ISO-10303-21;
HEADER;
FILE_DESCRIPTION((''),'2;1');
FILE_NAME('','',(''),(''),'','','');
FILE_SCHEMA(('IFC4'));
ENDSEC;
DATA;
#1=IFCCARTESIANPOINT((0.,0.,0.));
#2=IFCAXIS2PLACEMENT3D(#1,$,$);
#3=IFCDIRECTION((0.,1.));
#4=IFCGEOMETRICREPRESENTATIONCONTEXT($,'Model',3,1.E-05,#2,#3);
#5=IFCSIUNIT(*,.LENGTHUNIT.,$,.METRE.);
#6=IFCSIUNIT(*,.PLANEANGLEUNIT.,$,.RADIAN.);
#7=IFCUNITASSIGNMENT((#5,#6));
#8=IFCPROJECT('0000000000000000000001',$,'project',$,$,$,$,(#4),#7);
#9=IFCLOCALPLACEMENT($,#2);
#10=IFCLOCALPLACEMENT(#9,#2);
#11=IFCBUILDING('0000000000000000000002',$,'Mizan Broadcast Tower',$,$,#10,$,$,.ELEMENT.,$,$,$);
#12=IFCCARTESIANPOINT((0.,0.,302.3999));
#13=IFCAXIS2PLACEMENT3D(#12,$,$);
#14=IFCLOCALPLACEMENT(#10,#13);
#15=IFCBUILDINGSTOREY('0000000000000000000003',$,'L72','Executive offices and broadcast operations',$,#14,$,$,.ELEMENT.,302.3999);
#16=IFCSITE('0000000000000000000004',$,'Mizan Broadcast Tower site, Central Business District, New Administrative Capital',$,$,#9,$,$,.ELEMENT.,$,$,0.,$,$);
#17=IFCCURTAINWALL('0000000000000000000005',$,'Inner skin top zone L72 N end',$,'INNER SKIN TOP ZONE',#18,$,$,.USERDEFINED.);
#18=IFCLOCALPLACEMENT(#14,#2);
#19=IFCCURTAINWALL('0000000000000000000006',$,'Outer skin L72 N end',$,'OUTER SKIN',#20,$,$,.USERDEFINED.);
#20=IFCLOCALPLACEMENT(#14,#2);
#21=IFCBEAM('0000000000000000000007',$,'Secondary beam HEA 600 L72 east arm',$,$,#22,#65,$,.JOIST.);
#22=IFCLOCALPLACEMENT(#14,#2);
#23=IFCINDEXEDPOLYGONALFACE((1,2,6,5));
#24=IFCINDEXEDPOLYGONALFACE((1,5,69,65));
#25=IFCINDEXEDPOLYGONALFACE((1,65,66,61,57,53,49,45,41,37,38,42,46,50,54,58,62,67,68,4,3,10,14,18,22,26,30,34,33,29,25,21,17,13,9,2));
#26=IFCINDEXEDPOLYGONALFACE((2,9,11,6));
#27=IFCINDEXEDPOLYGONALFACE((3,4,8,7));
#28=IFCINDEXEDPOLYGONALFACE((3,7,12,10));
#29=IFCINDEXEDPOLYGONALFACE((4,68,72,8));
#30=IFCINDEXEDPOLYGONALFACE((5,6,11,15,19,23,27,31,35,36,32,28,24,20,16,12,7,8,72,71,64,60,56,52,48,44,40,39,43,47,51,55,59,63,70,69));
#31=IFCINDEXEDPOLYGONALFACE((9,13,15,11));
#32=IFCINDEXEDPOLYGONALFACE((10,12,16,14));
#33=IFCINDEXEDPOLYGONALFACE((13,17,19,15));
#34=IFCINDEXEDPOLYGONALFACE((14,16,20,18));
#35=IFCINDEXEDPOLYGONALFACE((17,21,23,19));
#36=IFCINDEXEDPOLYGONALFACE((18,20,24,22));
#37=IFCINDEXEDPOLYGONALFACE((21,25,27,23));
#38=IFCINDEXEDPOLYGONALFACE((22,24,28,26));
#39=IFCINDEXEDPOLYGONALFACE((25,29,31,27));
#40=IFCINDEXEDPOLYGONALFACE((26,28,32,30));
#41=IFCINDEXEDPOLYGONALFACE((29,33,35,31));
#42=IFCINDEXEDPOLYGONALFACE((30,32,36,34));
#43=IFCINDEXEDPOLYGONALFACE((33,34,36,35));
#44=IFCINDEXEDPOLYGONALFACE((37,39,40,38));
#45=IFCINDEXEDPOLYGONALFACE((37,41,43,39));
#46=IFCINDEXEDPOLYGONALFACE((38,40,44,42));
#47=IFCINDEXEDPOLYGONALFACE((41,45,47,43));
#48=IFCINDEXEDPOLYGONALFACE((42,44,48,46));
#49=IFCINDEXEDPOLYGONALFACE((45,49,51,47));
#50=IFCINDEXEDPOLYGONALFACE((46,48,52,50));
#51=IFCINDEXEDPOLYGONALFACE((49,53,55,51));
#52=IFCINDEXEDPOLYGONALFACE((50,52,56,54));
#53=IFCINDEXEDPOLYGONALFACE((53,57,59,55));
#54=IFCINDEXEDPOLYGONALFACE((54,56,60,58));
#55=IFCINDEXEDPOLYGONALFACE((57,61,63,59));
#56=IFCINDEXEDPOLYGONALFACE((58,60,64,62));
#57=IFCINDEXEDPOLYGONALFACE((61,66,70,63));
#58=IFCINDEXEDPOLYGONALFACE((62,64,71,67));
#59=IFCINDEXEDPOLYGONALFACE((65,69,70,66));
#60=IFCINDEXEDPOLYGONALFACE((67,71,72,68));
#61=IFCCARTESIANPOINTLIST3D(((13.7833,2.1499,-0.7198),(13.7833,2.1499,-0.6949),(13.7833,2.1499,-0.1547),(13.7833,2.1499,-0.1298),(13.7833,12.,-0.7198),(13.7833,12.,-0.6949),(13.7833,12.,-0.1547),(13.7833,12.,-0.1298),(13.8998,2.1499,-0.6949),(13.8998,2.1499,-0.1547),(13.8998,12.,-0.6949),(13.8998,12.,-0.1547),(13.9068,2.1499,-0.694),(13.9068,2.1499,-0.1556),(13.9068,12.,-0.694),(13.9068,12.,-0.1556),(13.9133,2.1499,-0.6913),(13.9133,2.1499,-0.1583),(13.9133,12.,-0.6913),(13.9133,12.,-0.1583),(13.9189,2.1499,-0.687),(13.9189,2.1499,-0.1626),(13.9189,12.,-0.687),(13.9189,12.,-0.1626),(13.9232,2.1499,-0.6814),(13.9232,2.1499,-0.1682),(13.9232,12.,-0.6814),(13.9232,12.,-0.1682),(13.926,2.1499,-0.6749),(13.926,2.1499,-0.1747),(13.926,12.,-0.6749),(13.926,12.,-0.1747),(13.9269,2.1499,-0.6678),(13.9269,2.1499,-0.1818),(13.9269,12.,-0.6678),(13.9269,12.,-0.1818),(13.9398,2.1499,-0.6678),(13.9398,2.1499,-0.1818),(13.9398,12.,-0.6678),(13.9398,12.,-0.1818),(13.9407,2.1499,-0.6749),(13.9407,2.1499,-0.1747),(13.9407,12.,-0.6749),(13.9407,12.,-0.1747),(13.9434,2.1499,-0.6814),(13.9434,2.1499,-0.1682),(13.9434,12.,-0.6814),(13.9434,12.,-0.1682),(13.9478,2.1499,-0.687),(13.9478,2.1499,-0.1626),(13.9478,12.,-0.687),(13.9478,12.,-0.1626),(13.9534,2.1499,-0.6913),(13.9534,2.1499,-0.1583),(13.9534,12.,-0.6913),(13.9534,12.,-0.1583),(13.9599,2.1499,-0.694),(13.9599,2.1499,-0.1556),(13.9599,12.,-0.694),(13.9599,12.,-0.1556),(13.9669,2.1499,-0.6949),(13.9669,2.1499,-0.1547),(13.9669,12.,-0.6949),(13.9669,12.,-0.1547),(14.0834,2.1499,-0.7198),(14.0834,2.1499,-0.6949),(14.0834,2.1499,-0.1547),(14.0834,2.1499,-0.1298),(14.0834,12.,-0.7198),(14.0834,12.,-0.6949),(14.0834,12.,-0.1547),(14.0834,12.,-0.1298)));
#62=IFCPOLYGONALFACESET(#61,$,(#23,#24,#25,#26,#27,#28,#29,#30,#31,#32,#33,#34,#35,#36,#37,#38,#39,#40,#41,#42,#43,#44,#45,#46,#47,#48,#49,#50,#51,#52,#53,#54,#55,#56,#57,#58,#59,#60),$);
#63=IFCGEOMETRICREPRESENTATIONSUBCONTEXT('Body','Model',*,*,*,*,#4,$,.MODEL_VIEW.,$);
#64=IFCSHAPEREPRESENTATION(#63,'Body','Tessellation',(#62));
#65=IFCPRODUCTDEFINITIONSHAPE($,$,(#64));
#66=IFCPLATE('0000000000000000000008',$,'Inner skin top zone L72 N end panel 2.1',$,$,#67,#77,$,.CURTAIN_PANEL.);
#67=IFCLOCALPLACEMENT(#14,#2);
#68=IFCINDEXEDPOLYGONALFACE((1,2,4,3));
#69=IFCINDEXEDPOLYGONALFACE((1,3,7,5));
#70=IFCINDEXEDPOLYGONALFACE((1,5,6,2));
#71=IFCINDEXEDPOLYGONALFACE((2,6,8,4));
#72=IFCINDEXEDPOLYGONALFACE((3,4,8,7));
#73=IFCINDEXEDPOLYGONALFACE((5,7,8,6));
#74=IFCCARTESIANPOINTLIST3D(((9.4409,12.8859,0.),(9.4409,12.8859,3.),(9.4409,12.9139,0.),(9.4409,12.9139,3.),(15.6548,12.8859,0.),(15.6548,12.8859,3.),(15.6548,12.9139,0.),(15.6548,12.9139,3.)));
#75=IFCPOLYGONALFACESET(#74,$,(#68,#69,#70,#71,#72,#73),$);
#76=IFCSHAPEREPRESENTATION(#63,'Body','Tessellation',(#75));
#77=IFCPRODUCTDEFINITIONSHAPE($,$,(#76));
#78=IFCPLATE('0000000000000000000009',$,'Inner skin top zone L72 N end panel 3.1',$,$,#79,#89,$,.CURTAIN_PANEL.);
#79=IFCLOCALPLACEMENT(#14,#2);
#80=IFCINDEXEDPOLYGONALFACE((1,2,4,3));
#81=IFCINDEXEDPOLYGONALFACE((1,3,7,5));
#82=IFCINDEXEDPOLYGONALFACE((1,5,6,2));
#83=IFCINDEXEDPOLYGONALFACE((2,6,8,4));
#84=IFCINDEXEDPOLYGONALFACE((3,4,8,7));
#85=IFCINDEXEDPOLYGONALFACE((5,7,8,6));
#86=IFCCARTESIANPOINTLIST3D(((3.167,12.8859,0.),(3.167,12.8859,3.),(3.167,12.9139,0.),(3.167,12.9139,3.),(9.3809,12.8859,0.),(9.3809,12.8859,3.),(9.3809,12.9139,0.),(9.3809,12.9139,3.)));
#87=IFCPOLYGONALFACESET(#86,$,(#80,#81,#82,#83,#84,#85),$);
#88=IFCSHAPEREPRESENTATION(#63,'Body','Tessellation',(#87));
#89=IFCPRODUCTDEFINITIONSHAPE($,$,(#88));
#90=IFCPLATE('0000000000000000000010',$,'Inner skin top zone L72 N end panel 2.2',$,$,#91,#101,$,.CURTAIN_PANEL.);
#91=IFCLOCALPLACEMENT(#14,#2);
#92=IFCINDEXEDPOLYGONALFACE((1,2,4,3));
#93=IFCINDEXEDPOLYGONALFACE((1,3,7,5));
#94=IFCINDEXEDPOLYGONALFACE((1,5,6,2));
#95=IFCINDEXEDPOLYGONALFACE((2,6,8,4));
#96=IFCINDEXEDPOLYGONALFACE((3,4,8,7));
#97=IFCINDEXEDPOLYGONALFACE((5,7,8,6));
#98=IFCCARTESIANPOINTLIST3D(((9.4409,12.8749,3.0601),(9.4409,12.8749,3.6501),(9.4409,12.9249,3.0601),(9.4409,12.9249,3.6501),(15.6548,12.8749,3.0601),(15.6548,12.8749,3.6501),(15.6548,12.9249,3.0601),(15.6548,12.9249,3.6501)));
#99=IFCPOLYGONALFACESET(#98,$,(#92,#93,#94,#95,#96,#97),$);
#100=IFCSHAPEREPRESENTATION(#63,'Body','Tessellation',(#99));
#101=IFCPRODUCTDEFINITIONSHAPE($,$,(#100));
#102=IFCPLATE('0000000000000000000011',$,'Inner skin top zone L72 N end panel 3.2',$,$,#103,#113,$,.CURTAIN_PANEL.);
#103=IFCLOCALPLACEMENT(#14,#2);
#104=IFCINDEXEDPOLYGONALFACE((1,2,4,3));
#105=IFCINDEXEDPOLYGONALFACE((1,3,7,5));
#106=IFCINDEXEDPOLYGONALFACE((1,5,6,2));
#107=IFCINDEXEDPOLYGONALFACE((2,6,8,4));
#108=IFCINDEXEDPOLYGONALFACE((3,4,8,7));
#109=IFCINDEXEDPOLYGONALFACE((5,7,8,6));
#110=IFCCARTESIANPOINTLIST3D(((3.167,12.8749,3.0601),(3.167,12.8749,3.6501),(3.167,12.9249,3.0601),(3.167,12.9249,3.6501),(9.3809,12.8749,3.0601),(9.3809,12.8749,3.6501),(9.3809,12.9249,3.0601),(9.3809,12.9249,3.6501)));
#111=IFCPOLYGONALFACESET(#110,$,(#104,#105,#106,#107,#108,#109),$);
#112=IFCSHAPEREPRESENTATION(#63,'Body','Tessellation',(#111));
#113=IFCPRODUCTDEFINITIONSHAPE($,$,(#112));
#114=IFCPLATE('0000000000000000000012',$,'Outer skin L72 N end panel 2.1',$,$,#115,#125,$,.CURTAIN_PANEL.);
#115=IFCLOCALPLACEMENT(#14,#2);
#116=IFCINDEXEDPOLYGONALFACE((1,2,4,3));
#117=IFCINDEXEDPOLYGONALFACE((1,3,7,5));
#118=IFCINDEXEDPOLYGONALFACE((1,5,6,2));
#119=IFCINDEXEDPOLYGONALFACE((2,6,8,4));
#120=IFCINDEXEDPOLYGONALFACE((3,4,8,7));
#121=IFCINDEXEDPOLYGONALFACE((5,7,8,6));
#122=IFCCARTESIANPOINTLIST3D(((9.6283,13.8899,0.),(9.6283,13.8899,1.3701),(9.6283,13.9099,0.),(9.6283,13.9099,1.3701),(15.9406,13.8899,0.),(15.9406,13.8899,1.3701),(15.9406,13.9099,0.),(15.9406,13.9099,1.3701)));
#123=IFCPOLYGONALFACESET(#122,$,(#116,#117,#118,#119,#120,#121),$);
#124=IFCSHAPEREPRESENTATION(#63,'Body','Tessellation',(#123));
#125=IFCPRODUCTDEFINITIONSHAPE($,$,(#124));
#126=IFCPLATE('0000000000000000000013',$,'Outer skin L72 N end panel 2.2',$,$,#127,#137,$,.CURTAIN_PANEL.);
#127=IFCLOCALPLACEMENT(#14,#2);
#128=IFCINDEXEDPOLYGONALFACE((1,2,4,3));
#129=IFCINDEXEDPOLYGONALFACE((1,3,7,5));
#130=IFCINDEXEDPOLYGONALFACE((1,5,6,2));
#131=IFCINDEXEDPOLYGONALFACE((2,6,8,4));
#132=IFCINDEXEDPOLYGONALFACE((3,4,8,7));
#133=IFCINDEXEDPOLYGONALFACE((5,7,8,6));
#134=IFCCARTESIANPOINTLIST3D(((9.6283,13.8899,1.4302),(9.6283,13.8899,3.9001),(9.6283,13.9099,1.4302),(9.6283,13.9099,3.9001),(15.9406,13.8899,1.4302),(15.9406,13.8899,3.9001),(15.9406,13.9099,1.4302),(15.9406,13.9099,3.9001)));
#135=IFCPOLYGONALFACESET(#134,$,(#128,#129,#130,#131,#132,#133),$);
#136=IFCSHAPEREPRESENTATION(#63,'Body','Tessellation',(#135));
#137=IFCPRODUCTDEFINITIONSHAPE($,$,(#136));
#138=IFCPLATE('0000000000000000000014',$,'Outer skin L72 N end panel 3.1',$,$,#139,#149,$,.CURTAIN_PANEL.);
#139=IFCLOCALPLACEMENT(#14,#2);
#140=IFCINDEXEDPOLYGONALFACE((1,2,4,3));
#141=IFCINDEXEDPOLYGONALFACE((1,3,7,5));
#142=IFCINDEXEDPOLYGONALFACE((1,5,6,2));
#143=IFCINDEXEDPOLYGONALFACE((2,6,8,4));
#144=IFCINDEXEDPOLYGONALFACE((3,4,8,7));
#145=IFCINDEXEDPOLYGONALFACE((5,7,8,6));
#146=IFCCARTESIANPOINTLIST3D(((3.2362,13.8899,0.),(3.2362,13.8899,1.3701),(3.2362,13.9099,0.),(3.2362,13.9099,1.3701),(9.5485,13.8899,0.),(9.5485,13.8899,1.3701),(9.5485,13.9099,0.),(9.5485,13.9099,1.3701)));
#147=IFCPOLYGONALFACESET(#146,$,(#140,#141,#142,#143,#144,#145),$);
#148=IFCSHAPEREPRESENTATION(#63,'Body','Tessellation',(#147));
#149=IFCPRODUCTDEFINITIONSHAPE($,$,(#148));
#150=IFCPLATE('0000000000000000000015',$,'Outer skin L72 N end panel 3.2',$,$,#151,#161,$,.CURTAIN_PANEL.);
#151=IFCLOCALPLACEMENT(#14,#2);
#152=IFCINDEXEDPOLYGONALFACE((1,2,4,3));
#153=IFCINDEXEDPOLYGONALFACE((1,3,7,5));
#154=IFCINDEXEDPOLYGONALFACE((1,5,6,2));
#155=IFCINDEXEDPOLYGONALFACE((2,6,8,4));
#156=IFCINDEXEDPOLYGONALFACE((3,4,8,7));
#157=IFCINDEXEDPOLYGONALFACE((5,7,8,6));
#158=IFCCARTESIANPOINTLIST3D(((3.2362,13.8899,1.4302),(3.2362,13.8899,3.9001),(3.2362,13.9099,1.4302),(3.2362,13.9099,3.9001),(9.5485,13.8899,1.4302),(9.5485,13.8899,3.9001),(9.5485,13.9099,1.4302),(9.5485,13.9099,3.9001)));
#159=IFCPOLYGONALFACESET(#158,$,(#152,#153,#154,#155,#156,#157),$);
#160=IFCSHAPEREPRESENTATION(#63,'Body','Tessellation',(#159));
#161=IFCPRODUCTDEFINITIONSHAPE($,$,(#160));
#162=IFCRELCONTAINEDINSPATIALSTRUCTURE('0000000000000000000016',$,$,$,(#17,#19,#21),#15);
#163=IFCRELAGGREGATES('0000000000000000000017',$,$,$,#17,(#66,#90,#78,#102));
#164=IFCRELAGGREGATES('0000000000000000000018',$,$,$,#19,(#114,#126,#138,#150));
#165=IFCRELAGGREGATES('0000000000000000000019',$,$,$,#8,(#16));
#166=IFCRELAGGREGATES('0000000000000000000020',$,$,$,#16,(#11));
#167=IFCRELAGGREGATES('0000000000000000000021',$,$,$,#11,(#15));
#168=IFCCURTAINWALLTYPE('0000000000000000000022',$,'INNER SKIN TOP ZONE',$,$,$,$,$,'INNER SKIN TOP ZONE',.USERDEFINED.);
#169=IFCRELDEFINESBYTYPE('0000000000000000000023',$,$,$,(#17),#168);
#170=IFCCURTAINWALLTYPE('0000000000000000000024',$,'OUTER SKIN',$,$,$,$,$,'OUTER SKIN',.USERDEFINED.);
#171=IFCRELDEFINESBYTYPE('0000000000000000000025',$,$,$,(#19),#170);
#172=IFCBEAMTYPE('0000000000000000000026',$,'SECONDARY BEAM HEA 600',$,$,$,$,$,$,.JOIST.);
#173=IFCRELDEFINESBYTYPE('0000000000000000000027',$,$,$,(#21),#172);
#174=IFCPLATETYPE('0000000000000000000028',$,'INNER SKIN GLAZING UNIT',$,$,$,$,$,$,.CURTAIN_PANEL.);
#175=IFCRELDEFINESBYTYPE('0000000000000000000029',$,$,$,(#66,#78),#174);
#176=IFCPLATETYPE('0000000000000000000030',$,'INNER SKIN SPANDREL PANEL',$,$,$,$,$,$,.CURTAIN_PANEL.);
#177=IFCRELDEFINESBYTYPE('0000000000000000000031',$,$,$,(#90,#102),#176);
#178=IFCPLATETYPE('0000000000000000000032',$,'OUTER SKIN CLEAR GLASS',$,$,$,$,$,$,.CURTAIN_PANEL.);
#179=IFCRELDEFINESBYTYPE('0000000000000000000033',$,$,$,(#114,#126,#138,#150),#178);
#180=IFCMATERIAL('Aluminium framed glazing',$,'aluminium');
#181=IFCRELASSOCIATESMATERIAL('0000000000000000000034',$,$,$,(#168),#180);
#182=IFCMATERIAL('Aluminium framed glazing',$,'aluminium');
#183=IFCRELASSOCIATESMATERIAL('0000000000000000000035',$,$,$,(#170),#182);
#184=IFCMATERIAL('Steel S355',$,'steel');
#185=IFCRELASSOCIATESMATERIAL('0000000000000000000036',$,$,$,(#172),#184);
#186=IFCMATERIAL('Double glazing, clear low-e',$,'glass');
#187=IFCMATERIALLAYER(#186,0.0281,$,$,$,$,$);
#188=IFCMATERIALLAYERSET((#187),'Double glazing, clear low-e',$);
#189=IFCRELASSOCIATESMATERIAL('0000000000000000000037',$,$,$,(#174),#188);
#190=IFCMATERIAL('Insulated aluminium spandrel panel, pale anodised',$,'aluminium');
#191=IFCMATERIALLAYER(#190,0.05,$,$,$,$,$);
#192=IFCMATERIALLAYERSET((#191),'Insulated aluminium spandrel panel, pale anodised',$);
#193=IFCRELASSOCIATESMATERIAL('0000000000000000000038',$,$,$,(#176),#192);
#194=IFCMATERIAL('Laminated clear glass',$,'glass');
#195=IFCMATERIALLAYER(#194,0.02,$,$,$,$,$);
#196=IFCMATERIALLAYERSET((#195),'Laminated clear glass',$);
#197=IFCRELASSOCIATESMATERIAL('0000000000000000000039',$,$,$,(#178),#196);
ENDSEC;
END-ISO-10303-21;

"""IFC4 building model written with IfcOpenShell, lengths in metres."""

from ifc_helpers import new_model, si_unit, direction, frame, origin, origin_2d, place, context, subcontext, project, spatial, rectangle, i_section, extrude, material, layer, layer_set, material_profile, profile_set, type_object, element, aggregate, save


model = new_model("IFC4")

# Units and contexts
model_context = context("Model", 3, precision=1e-05, world=origin(), true_north=direction((0.0, 1.0)))
body_context = subcontext(model_context, "Body", "Model", "MODEL_VIEW")
ifc_project = project(units=[si_unit("LENGTHUNIT", "METRE"), si_unit("PLANEANGLEUNIT", "RADIAN")], contexts=[model_context])

# Site, building, storey
site_placement = place(None, origin())
site = spatial("IfcSite", under=ifc_project, at=site_placement, Name="Mizan Broadcast Tower site, Central Business District, New Administrative Capital", CompositionType="ELEMENT", RefElevation=0.0)
building_placement = place(site_placement, origin())
building = spatial("IfcBuilding", under=site, at=building_placement, Name="Mizan Broadcast Tower", CompositionType="ELEMENT")
storey_placement = place(building_placement, frame((0.0, 0.0, 302.3999)))
storey = spatial("IfcBuildingStorey", under=building, at=storey_placement, Name="L72", Description="Executive offices and broadcast operations", CompositionType="ELEMENT", Elevation=302.3999)

# Curtain walls
ifc_material_1 = material(Name="Aluminium framed glazing", Category="aluminium")
curtain_wall_type_1 = type_object("IfcCurtainWallType", Name="INNER SKIN TOP ZONE", ElementType="INNER SKIN TOP ZONE", PredefinedType="USERDEFINED", material=ifc_material_1)
curtain_wall_1_placement = place(storey_placement, origin())
curtain_wall_1 = element("IfcCurtainWall", 1, at=curtain_wall_1_placement, inside=storey, type_object=curtain_wall_type_1, Name="Inner skin top zone L72 N end", ObjectType="INNER SKIN TOP ZONE", PredefinedType="USERDEFINED")
ifc_material_2 = material(Name="Aluminium framed glazing", Category="aluminium")
curtain_wall_type_2 = type_object("IfcCurtainWallType", Name="OUTER SKIN", ElementType="OUTER SKIN", PredefinedType="USERDEFINED", material=ifc_material_2)
curtain_wall_2_placement = place(storey_placement, origin())
curtain_wall_2 = element("IfcCurtainWall", 2, at=curtain_wall_2_placement, inside=storey, type_object=curtain_wall_type_2, Name="Outer skin L72 N end", ObjectType="OUTER SKIN", PredefinedType="USERDEFINED")

# Beam
ifc_material_3 = material(Name="Steel S355", Category="steel")
ifc_material_profile_1 = material_profile(ifc_material_3, i_section(OverallWidth=0.3, OverallDepth=0.5901, WebThickness=0.0129, FlangeThickness=0.0249, FilletRadius=0.0271, at=origin_2d()), Name="HEA 600")
ifc_profile_set_1 = profile_set([ifc_material_profile_1], Name="Steel S355")
beam_type_1 = type_object("IfcBeamType", Name="SECONDARY BEAM HEA 600", PredefinedType="JOIST", material=ifc_profile_set_1)
beam_1_placement = place(storey_placement, frame((13.9333, 12.0, -0.4248), z_axis=(0.0, -1.0, 0.0), x_axis=(1.0, 0.0, 0.0)))
element("IfcBeam", 3, at=beam_1_placement, inside=storey, type_object=beam_type_1, Name="Secondary beam HEA 600 L72 east arm", PredefinedType="JOIST", context=body_context, shape_type="SweptSolid", body=[
    extrude(i_section(OverallWidth=0.3, OverallDepth=0.5901, WebThickness=0.0129, FlangeThickness=0.0249, FilletRadius=0.0271, at=origin_2d()), origin(), (0.0, 0.0, 1.0), 9.8501),
])

# Plates
ifc_material_4 = material(Name="Double glazing, clear low-e", Category="glass")
ifc_layer_1 = layer(ifc_material_4, 0.0281)
ifc_layer_set_1 = layer_set([ifc_layer_1], Name="Double glazing, clear low-e")
plate_type_1 = type_object("IfcPlateType", Name="INNER SKIN GLAZING UNIT", PredefinedType="CURTAIN_PANEL", material=ifc_layer_set_1)
plate_1_placement = place(storey_placement, frame((12.5479, 12.8999, 0.0), z_axis=(0.0, 0.0, 1.0), x_axis=(-1.0, 0.0, 0.0)))
plate_1 = element("IfcPlate", 4, at=plate_1_placement, type_object=plate_type_1, Name="Inner skin top zone L72 N end panel 2.1", PredefinedType="CURTAIN_PANEL", context=body_context, shape_type="SweptSolid", body=[
    extrude(rectangle(XDim=6.2139, YDim=0.0281, at=origin_2d()), origin(), (0.0, 0.0, 1.0), 3.0),
])
plate_2_placement = place(storey_placement, frame((6.2739, 12.8999, 0.0), z_axis=(0.0, 0.0, 1.0), x_axis=(-1.0, 0.0, 0.0)))
plate_2 = element("IfcPlate", 5, at=plate_2_placement, type_object=plate_type_1, Name="Inner skin top zone L72 N end panel 3.1", PredefinedType="CURTAIN_PANEL", context=body_context, shape_type="SweptSolid", body=[
    extrude(rectangle(XDim=6.2139, YDim=0.0281, at=origin_2d()), origin(), (0.0, 0.0, 1.0), 3.0),
])
ifc_material_5 = material(Name="Insulated aluminium spandrel panel, pale anodised", Category="aluminium")
ifc_layer_2 = layer(ifc_material_5, 0.05)
ifc_layer_set_2 = layer_set([ifc_layer_2], Name="Insulated aluminium spandrel panel, pale anodised")
plate_type_2 = type_object("IfcPlateType", Name="INNER SKIN SPANDREL PANEL", PredefinedType="CURTAIN_PANEL", material=ifc_layer_set_2)
plate_3_placement = place(storey_placement, frame((12.5479, 12.8999, 3.0601), z_axis=(0.0, 0.0, 1.0), x_axis=(-1.0, 0.0, 0.0)))
plate_3 = element("IfcPlate", 6, at=plate_3_placement, type_object=plate_type_2, Name="Inner skin top zone L72 N end panel 2.2", PredefinedType="CURTAIN_PANEL", context=body_context, shape_type="SweptSolid", body=[
    extrude(rectangle(XDim=6.2139, YDim=0.05, at=origin_2d()), origin(), (0.0, 0.0, 1.0), 0.5901),
])
plate_4_placement = place(storey_placement, frame((6.2739, 12.8999, 3.0601), z_axis=(0.0, 0.0, 1.0), x_axis=(-1.0, 0.0, 0.0)))
plate_4 = element("IfcPlate", 7, at=plate_4_placement, type_object=plate_type_2, Name="Inner skin top zone L72 N end panel 3.2", PredefinedType="CURTAIN_PANEL", context=body_context, shape_type="SweptSolid", body=[
    extrude(rectangle(XDim=6.2139, YDim=0.05, at=origin_2d()), origin(), (0.0, 0.0, 1.0), 0.5901),
])
aggregate(curtain_wall_1, [plate_1, plate_3, plate_2, plate_4])
ifc_material_6 = material(Name="Laminated clear glass", Category="glass")
ifc_layer_3 = layer(ifc_material_6, 0.02)
ifc_layer_set_3 = layer_set([ifc_layer_3], Name="Laminated clear glass")
plate_type_3 = type_object("IfcPlateType", Name="OUTER SKIN CLEAR GLASS", PredefinedType="CURTAIN_PANEL", material=ifc_layer_set_3)
plate_5_placement = place(storey_placement, frame((12.7844, 13.8999, 0.0), z_axis=(0.0, 0.0, 1.0), x_axis=(-1.0, 0.0, 0.0)))
plate_5 = element("IfcPlate", 8, at=plate_5_placement, type_object=plate_type_3, Name="Outer skin L72 N end panel 2.1", PredefinedType="CURTAIN_PANEL", context=body_context, shape_type="SweptSolid", body=[
    extrude(rectangle(XDim=6.3123, YDim=0.02, at=origin_2d()), origin(), (0.0, 0.0, 1.0), 1.3701),
])
plate_6_placement = place(storey_placement, frame((12.7844, 13.8999, 1.4302), z_axis=(0.0, 0.0, 1.0), x_axis=(-1.0, 0.0, 0.0)))
plate_6 = element("IfcPlate", 9, at=plate_6_placement, type_object=plate_type_3, Name="Outer skin L72 N end panel 2.2", PredefinedType="CURTAIN_PANEL", context=body_context, shape_type="SweptSolid", body=[
    extrude(rectangle(XDim=6.3123, YDim=0.02, at=origin_2d()), origin(), (0.0, 0.0, 1.0), 2.47),
])
plate_7_placement = place(storey_placement, frame((6.3923, 13.8999, 0.0), z_axis=(0.0, 0.0, 1.0), x_axis=(-1.0, 0.0, 0.0)))
plate_7 = element("IfcPlate", 10, at=plate_7_placement, type_object=plate_type_3, Name="Outer skin L72 N end panel 3.1", PredefinedType="CURTAIN_PANEL", context=body_context, shape_type="SweptSolid", body=[
    extrude(rectangle(XDim=6.3123, YDim=0.02, at=origin_2d()), origin(), (0.0, 0.0, 1.0), 1.3701),
])
plate_8_placement = place(storey_placement, frame((6.3923, 13.8999, 1.4302), z_axis=(0.0, 0.0, 1.0), x_axis=(-1.0, 0.0, 0.0)))
plate_8 = element("IfcPlate", 11, at=plate_8_placement, type_object=plate_type_3, Name="Outer skin L72 N end panel 3.2", PredefinedType="CURTAIN_PANEL", context=body_context, shape_type="SweptSolid", body=[
    extrude(rectangle(XDim=6.3123, YDim=0.02, at=origin_2d()), origin(), (0.0, 0.0, 1.0), 2.47),
])
aggregate(curtain_wall_2, [plate_5, plate_6, plate_7, plate_8])

save(model, "model.ifc")
